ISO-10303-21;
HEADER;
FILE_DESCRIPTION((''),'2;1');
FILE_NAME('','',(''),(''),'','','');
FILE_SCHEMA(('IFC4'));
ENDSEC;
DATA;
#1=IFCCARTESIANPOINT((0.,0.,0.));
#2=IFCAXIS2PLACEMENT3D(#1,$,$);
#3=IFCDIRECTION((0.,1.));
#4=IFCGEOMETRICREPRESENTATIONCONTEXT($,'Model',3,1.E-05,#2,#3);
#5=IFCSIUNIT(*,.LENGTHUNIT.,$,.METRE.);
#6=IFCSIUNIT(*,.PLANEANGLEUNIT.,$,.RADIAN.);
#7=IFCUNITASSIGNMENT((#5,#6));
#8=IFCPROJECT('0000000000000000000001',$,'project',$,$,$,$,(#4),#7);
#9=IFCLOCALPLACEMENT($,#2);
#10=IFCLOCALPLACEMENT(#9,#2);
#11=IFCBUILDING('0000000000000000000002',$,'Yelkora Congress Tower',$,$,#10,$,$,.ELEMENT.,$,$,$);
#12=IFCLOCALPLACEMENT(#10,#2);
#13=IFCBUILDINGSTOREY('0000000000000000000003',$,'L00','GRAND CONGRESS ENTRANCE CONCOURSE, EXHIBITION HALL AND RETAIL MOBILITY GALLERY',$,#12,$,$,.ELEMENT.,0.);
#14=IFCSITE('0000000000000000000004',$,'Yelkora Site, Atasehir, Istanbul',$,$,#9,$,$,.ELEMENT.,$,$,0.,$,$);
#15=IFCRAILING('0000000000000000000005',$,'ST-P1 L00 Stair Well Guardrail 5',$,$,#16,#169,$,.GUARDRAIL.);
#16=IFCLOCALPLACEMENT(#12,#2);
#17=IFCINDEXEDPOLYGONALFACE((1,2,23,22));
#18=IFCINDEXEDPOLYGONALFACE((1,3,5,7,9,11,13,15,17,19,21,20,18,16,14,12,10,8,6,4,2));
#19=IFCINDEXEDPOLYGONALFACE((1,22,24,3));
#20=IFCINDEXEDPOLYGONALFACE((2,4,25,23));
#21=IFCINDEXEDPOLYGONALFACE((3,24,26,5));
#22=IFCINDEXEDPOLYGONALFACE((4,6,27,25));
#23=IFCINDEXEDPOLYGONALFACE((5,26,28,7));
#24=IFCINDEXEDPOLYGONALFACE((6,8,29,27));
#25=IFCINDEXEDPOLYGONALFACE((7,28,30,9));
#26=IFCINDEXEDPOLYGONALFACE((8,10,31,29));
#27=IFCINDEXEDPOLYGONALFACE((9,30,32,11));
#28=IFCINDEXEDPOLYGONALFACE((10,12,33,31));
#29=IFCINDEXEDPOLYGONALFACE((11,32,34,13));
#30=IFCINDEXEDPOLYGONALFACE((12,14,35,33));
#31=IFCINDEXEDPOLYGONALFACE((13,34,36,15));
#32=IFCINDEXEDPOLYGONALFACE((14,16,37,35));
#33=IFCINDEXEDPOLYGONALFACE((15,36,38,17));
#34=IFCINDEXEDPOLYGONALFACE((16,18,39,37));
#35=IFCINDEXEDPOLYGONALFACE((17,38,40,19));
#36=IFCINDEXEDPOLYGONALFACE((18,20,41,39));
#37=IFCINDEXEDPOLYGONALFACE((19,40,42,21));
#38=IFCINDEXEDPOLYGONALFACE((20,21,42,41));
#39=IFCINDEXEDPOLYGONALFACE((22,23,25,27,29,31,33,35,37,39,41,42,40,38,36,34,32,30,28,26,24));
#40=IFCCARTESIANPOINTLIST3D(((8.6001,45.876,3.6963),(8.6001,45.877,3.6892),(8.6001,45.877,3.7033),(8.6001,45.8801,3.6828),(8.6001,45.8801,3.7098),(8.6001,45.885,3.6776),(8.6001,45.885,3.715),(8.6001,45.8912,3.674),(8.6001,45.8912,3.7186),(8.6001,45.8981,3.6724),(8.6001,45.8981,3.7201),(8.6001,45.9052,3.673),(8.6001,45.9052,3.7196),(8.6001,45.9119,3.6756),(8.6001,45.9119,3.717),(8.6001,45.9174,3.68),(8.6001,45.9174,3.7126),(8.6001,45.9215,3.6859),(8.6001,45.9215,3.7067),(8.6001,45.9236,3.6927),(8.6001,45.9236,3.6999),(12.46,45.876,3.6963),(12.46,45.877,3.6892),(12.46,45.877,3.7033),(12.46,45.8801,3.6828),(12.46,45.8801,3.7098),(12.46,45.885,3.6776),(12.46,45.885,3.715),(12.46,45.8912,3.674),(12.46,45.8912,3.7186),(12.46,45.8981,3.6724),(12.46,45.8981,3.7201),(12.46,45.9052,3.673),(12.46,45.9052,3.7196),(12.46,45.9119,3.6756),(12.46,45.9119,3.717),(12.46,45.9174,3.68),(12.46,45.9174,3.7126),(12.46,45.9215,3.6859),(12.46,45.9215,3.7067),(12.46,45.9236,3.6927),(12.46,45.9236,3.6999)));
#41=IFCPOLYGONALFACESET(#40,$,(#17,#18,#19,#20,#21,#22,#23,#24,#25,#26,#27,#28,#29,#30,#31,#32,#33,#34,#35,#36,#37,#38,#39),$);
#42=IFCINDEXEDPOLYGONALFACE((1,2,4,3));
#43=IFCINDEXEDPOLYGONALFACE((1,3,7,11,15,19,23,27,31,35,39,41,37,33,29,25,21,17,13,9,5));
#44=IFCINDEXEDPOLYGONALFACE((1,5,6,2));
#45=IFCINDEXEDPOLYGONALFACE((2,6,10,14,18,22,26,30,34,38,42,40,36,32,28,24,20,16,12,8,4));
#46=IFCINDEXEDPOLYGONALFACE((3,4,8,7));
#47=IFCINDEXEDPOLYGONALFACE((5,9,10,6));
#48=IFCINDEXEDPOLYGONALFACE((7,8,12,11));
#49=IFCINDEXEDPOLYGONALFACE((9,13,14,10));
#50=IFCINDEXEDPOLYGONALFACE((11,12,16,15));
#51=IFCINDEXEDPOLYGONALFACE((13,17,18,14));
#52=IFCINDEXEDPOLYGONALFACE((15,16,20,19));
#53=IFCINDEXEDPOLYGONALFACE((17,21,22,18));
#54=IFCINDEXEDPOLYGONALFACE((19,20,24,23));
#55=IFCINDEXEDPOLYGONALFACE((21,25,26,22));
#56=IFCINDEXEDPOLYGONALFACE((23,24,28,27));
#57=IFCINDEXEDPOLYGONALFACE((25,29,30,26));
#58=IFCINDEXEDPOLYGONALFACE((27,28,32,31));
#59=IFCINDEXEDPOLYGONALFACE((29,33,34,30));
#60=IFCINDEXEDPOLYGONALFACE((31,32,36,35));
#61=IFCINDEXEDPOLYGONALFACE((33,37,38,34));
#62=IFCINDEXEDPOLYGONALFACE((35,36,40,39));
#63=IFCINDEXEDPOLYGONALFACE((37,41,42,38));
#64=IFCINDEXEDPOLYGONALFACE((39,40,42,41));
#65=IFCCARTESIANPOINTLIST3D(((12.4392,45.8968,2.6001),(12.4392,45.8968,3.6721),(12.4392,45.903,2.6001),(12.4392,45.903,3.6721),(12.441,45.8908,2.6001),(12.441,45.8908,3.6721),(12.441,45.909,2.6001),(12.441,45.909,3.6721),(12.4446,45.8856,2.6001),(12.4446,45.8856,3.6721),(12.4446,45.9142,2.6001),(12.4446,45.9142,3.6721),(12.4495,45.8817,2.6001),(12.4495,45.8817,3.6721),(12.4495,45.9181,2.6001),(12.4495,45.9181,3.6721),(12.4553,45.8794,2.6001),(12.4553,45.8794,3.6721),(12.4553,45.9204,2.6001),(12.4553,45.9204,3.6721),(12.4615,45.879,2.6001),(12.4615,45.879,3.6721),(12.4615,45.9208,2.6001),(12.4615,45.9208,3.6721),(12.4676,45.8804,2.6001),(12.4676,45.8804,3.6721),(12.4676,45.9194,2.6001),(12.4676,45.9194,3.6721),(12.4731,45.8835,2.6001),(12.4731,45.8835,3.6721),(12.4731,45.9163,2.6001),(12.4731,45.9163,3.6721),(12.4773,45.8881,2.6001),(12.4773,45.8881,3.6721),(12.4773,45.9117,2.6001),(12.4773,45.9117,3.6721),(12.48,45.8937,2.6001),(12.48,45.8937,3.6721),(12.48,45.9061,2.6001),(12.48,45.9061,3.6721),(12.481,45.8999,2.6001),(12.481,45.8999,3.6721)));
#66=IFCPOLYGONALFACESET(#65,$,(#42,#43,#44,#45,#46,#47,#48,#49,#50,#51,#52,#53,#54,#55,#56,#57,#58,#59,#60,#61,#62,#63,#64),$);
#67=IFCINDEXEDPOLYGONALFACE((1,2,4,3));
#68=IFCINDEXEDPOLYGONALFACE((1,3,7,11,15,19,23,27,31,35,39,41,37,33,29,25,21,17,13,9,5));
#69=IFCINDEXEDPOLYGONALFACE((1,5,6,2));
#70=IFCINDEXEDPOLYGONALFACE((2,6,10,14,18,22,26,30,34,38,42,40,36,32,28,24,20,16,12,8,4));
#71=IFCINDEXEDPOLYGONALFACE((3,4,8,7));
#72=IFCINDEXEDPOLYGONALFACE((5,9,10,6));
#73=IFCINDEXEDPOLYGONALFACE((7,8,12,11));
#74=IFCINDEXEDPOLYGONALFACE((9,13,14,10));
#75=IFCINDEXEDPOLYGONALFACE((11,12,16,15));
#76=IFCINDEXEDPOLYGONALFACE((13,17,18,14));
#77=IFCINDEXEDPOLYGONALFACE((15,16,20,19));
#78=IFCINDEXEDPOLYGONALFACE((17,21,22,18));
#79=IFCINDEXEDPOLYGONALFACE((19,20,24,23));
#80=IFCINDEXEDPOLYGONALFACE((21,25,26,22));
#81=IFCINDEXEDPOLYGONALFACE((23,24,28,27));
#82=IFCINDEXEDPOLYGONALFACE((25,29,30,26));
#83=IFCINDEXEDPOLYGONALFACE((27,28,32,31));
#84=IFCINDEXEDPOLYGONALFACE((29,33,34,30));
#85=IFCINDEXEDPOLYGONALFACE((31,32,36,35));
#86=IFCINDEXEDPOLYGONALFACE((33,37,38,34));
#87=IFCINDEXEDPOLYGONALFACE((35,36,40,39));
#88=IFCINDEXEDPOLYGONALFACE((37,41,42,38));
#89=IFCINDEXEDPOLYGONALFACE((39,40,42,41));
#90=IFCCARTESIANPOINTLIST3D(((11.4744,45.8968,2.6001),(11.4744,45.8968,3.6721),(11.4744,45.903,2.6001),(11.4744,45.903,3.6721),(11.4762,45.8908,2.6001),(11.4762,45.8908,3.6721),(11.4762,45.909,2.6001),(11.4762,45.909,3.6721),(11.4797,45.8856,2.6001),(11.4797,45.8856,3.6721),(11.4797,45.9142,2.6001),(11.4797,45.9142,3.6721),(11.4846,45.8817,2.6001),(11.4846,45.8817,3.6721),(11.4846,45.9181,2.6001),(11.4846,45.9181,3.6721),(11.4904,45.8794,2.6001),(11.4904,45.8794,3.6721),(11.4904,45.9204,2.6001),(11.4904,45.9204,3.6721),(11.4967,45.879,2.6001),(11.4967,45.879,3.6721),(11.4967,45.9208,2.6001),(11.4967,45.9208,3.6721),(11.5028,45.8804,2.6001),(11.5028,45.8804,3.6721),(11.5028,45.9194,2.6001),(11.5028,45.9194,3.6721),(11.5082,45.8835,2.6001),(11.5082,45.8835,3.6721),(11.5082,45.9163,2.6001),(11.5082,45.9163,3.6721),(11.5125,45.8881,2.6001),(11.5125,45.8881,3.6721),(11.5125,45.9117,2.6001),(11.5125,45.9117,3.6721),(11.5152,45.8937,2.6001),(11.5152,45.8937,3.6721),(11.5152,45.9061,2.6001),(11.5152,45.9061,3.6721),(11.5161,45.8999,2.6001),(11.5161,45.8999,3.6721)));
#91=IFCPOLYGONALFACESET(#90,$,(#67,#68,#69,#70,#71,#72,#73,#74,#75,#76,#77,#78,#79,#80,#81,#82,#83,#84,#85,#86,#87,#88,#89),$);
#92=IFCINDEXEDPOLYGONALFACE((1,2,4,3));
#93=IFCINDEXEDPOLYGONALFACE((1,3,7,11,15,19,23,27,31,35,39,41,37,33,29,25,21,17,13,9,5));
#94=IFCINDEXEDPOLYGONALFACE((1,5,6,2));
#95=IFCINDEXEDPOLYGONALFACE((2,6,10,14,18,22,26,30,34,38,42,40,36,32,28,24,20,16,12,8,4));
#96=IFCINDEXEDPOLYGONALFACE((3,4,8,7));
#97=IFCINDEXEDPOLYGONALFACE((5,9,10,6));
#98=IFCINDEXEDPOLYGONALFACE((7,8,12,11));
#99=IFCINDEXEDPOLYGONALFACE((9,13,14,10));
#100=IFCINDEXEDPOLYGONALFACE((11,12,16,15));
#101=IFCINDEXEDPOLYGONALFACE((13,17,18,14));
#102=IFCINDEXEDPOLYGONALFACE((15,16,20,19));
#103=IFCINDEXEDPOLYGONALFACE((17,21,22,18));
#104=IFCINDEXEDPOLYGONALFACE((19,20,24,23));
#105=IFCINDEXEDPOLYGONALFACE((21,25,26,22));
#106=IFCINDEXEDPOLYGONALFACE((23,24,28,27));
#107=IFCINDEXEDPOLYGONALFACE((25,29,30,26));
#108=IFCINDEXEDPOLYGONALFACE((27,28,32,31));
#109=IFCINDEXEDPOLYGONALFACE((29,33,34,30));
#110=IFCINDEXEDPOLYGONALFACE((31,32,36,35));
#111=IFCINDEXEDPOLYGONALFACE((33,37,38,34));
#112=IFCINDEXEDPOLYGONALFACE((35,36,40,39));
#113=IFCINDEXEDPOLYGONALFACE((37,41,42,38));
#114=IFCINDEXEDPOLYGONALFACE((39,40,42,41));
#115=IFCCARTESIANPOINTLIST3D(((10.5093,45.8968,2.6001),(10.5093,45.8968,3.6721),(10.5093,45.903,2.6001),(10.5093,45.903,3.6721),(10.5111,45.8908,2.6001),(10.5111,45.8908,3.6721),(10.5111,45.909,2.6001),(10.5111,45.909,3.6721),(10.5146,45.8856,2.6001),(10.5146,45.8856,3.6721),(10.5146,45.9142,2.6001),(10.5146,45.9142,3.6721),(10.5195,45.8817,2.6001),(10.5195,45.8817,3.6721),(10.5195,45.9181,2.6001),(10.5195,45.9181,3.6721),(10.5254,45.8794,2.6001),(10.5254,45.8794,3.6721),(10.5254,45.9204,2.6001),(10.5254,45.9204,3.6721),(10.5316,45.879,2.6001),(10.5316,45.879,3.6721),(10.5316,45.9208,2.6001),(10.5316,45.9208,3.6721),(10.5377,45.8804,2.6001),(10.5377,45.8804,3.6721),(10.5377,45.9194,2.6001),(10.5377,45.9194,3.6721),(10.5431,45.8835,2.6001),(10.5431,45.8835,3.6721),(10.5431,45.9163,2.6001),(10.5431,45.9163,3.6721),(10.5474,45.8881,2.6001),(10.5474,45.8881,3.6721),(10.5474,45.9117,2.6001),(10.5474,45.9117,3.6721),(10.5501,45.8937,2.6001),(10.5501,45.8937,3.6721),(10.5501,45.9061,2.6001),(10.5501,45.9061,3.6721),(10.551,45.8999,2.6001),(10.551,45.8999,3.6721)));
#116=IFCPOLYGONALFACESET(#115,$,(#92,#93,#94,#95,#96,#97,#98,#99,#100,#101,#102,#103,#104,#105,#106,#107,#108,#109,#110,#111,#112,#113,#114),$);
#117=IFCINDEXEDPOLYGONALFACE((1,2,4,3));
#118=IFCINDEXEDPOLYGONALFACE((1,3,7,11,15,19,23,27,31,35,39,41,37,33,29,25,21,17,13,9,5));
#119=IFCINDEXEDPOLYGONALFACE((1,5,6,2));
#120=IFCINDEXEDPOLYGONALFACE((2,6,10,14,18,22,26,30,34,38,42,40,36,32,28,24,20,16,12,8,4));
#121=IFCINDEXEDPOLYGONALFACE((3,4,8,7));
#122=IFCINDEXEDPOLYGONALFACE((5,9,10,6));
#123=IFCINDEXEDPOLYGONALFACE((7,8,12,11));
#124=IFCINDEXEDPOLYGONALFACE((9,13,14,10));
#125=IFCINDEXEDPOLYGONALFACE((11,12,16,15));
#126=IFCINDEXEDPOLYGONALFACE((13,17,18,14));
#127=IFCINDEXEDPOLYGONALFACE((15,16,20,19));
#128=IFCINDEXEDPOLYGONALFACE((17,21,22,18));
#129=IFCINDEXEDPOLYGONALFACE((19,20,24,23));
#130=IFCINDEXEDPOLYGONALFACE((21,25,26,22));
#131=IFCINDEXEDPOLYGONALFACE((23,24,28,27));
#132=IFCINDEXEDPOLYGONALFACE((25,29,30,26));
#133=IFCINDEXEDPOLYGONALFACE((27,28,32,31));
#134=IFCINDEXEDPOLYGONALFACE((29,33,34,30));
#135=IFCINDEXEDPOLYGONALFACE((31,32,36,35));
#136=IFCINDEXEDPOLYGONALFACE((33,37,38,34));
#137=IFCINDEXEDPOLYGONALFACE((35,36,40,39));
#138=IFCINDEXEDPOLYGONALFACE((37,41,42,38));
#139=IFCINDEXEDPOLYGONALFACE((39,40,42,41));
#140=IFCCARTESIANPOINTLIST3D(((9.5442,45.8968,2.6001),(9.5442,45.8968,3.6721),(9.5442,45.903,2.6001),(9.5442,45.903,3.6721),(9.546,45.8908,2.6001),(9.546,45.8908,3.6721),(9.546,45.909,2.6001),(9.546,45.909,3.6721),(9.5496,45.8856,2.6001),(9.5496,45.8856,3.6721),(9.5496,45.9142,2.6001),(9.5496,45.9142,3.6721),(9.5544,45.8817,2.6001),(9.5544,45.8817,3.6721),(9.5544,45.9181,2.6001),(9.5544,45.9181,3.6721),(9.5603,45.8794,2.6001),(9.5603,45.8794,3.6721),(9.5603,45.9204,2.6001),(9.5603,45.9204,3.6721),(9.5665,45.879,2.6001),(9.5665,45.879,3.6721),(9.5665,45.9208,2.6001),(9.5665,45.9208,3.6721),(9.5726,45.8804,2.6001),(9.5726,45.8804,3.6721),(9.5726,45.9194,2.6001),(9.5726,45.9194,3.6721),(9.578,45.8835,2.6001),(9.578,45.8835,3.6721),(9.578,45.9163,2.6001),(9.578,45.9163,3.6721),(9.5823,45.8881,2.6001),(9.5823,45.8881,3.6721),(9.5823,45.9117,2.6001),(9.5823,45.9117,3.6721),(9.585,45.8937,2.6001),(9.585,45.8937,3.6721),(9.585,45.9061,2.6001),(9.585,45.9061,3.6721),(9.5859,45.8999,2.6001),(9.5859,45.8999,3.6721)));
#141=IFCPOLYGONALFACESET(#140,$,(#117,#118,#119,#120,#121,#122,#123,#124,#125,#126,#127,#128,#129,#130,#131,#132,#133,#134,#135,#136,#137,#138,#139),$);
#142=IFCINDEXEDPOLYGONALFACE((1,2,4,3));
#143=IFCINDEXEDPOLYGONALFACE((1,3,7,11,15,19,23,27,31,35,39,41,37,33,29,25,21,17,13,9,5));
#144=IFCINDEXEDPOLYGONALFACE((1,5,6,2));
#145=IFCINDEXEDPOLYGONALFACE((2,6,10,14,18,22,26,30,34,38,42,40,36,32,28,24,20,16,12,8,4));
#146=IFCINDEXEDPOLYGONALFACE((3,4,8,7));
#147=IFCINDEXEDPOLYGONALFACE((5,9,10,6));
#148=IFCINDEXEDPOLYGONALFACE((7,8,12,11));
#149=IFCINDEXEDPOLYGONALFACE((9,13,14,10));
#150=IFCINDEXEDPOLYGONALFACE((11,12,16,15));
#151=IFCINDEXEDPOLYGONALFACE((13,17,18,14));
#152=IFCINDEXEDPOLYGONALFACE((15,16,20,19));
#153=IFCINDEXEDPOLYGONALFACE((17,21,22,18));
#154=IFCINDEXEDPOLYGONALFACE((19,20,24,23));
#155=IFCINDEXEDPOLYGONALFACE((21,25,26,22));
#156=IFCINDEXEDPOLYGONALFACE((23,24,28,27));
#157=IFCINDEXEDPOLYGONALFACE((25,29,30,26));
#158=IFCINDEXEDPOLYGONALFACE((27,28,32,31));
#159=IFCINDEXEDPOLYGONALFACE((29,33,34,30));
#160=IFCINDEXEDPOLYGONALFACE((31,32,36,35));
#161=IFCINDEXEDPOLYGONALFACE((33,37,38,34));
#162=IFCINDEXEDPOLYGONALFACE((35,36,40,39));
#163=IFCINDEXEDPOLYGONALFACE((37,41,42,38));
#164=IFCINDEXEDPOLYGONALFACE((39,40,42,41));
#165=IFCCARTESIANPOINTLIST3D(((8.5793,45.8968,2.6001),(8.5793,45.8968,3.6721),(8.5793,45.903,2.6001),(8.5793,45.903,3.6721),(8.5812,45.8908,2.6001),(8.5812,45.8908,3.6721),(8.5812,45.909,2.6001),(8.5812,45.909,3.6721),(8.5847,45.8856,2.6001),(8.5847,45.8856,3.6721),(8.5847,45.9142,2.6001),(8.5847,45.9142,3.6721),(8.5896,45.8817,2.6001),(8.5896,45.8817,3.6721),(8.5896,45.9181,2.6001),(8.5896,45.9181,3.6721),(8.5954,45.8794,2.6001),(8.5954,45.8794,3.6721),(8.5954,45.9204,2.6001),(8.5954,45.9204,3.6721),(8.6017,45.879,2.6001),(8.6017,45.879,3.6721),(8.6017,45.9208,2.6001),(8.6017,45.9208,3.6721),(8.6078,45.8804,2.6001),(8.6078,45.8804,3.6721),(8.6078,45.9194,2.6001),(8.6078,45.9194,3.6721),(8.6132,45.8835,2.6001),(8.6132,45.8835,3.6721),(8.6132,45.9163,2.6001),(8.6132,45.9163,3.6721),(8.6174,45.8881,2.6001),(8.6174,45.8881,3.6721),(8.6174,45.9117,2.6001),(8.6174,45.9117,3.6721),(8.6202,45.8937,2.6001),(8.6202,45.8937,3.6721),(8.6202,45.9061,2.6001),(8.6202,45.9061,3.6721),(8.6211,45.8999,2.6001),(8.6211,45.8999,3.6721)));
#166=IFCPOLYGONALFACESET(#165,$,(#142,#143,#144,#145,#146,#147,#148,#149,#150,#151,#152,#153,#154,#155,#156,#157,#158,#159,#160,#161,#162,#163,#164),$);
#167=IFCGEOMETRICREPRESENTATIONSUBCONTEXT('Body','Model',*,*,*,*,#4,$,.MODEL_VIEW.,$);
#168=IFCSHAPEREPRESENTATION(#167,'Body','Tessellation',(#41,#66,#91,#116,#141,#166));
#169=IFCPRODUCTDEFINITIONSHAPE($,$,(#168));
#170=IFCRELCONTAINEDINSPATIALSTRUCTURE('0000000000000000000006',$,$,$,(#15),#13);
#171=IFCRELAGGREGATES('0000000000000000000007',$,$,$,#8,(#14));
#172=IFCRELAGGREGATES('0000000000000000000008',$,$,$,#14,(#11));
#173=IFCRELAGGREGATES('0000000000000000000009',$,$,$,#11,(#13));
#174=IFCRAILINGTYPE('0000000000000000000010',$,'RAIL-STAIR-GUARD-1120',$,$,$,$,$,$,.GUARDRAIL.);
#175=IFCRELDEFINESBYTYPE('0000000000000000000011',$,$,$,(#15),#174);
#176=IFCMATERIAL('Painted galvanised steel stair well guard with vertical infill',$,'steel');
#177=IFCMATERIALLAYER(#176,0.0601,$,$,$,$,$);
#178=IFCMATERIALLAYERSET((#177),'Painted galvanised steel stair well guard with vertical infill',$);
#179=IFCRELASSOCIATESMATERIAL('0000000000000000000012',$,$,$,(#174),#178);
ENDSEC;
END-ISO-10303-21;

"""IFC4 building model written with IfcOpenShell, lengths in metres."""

from ifc_helpers import new_model, si_unit, direction, frame, origin, origin_2d, place, context, subcontext, project, spatial, circle, extrude, material, layer, layer_set, type_object, element, save


model = new_model("IFC4")

# Units and contexts
model_context = context("Model", 3, precision=1e-05, world=origin(), true_north=direction((0.0, 1.0)))
body_context = subcontext(model_context, "Body", "Model", "MODEL_VIEW")
ifc_project = project(units=[si_unit("LENGTHUNIT", "METRE"), si_unit("PLANEANGLEUNIT", "RADIAN")], contexts=[model_context])

# Site, building, storey
site_placement = place(None, origin())
site = spatial("IfcSite", under=ifc_project, at=site_placement, Name="Yelkora Site, Atasehir, Istanbul", CompositionType="ELEMENT", RefElevation=0.0)
building_placement = place(site_placement, origin())
building = spatial("IfcBuilding", under=site, at=building_placement, Name="Yelkora Congress Tower", CompositionType="ELEMENT")
storey_placement = place(building_placement, origin())
storey = spatial("IfcBuildingStorey", under=building, at=storey_placement, Name="L00", Description="GRAND CONGRESS ENTRANCE CONCOURSE, EXHIBITION HALL AND RETAIL MOBILITY GALLERY", CompositionType="ELEMENT", Elevation=0.0)

# Railing
ifc_material_1 = material(Name="Painted galvanised steel stair well guard with vertical infill", Category="steel")
ifc_layer_1 = layer(ifc_material_1, 0.0601)
ifc_layer_set_1 = layer_set([ifc_layer_1], Name="Painted galvanised steel stair well guard with vertical infill")
railing_type_1 = type_object("IfcRailingType", Name="RAIL-STAIR-GUARD-1120", PredefinedType="GUARDRAIL", material=ifc_layer_set_1)
railing_1_placement = place(storey_placement, frame((12.46, 45.8999, 2.6001)))
element("IfcRailing", 1, at=railing_1_placement, inside=storey, type_object=railing_type_1, Name="ST-P1 L00 Stair Well Guardrail 5", PredefinedType="GUARDRAIL", context=body_context, shape_type="SweptSolid", body=[
    extrude(circle(Radius=0.0239, at=origin_2d()), frame((0.0, 0.0, 1.0962), z_axis=(-1.0, 0.0, 0.0), x_axis=(0.0, -1.0, 0.0)), (0.0, 0.0, 1.0), 3.8599),
    extrude(circle(Radius=0.021, at=origin_2d()), origin(), (0.0, 0.0, 1.0), 1.072),
    extrude(circle(Radius=0.021, at=origin_2d()), frame((-0.9648, 0.0, 0.0)), (0.0, 0.0, 1.0), 1.072),
    extrude(circle(Radius=0.021, at=origin_2d()), frame((-1.9299, 0.0, 0.0)), (0.0, 0.0, 1.0), 1.072),
    extrude(circle(Radius=0.021, at=origin_2d()), frame((-2.895, 0.0, 0.0)), (0.0, 0.0, 1.0), 1.072),
    extrude(circle(Radius=0.021, at=origin_2d()), frame((-3.8599, 0.0, 0.0)), (0.0, 0.0, 1.0), 1.072),
])

save(model, "model.ifc")
